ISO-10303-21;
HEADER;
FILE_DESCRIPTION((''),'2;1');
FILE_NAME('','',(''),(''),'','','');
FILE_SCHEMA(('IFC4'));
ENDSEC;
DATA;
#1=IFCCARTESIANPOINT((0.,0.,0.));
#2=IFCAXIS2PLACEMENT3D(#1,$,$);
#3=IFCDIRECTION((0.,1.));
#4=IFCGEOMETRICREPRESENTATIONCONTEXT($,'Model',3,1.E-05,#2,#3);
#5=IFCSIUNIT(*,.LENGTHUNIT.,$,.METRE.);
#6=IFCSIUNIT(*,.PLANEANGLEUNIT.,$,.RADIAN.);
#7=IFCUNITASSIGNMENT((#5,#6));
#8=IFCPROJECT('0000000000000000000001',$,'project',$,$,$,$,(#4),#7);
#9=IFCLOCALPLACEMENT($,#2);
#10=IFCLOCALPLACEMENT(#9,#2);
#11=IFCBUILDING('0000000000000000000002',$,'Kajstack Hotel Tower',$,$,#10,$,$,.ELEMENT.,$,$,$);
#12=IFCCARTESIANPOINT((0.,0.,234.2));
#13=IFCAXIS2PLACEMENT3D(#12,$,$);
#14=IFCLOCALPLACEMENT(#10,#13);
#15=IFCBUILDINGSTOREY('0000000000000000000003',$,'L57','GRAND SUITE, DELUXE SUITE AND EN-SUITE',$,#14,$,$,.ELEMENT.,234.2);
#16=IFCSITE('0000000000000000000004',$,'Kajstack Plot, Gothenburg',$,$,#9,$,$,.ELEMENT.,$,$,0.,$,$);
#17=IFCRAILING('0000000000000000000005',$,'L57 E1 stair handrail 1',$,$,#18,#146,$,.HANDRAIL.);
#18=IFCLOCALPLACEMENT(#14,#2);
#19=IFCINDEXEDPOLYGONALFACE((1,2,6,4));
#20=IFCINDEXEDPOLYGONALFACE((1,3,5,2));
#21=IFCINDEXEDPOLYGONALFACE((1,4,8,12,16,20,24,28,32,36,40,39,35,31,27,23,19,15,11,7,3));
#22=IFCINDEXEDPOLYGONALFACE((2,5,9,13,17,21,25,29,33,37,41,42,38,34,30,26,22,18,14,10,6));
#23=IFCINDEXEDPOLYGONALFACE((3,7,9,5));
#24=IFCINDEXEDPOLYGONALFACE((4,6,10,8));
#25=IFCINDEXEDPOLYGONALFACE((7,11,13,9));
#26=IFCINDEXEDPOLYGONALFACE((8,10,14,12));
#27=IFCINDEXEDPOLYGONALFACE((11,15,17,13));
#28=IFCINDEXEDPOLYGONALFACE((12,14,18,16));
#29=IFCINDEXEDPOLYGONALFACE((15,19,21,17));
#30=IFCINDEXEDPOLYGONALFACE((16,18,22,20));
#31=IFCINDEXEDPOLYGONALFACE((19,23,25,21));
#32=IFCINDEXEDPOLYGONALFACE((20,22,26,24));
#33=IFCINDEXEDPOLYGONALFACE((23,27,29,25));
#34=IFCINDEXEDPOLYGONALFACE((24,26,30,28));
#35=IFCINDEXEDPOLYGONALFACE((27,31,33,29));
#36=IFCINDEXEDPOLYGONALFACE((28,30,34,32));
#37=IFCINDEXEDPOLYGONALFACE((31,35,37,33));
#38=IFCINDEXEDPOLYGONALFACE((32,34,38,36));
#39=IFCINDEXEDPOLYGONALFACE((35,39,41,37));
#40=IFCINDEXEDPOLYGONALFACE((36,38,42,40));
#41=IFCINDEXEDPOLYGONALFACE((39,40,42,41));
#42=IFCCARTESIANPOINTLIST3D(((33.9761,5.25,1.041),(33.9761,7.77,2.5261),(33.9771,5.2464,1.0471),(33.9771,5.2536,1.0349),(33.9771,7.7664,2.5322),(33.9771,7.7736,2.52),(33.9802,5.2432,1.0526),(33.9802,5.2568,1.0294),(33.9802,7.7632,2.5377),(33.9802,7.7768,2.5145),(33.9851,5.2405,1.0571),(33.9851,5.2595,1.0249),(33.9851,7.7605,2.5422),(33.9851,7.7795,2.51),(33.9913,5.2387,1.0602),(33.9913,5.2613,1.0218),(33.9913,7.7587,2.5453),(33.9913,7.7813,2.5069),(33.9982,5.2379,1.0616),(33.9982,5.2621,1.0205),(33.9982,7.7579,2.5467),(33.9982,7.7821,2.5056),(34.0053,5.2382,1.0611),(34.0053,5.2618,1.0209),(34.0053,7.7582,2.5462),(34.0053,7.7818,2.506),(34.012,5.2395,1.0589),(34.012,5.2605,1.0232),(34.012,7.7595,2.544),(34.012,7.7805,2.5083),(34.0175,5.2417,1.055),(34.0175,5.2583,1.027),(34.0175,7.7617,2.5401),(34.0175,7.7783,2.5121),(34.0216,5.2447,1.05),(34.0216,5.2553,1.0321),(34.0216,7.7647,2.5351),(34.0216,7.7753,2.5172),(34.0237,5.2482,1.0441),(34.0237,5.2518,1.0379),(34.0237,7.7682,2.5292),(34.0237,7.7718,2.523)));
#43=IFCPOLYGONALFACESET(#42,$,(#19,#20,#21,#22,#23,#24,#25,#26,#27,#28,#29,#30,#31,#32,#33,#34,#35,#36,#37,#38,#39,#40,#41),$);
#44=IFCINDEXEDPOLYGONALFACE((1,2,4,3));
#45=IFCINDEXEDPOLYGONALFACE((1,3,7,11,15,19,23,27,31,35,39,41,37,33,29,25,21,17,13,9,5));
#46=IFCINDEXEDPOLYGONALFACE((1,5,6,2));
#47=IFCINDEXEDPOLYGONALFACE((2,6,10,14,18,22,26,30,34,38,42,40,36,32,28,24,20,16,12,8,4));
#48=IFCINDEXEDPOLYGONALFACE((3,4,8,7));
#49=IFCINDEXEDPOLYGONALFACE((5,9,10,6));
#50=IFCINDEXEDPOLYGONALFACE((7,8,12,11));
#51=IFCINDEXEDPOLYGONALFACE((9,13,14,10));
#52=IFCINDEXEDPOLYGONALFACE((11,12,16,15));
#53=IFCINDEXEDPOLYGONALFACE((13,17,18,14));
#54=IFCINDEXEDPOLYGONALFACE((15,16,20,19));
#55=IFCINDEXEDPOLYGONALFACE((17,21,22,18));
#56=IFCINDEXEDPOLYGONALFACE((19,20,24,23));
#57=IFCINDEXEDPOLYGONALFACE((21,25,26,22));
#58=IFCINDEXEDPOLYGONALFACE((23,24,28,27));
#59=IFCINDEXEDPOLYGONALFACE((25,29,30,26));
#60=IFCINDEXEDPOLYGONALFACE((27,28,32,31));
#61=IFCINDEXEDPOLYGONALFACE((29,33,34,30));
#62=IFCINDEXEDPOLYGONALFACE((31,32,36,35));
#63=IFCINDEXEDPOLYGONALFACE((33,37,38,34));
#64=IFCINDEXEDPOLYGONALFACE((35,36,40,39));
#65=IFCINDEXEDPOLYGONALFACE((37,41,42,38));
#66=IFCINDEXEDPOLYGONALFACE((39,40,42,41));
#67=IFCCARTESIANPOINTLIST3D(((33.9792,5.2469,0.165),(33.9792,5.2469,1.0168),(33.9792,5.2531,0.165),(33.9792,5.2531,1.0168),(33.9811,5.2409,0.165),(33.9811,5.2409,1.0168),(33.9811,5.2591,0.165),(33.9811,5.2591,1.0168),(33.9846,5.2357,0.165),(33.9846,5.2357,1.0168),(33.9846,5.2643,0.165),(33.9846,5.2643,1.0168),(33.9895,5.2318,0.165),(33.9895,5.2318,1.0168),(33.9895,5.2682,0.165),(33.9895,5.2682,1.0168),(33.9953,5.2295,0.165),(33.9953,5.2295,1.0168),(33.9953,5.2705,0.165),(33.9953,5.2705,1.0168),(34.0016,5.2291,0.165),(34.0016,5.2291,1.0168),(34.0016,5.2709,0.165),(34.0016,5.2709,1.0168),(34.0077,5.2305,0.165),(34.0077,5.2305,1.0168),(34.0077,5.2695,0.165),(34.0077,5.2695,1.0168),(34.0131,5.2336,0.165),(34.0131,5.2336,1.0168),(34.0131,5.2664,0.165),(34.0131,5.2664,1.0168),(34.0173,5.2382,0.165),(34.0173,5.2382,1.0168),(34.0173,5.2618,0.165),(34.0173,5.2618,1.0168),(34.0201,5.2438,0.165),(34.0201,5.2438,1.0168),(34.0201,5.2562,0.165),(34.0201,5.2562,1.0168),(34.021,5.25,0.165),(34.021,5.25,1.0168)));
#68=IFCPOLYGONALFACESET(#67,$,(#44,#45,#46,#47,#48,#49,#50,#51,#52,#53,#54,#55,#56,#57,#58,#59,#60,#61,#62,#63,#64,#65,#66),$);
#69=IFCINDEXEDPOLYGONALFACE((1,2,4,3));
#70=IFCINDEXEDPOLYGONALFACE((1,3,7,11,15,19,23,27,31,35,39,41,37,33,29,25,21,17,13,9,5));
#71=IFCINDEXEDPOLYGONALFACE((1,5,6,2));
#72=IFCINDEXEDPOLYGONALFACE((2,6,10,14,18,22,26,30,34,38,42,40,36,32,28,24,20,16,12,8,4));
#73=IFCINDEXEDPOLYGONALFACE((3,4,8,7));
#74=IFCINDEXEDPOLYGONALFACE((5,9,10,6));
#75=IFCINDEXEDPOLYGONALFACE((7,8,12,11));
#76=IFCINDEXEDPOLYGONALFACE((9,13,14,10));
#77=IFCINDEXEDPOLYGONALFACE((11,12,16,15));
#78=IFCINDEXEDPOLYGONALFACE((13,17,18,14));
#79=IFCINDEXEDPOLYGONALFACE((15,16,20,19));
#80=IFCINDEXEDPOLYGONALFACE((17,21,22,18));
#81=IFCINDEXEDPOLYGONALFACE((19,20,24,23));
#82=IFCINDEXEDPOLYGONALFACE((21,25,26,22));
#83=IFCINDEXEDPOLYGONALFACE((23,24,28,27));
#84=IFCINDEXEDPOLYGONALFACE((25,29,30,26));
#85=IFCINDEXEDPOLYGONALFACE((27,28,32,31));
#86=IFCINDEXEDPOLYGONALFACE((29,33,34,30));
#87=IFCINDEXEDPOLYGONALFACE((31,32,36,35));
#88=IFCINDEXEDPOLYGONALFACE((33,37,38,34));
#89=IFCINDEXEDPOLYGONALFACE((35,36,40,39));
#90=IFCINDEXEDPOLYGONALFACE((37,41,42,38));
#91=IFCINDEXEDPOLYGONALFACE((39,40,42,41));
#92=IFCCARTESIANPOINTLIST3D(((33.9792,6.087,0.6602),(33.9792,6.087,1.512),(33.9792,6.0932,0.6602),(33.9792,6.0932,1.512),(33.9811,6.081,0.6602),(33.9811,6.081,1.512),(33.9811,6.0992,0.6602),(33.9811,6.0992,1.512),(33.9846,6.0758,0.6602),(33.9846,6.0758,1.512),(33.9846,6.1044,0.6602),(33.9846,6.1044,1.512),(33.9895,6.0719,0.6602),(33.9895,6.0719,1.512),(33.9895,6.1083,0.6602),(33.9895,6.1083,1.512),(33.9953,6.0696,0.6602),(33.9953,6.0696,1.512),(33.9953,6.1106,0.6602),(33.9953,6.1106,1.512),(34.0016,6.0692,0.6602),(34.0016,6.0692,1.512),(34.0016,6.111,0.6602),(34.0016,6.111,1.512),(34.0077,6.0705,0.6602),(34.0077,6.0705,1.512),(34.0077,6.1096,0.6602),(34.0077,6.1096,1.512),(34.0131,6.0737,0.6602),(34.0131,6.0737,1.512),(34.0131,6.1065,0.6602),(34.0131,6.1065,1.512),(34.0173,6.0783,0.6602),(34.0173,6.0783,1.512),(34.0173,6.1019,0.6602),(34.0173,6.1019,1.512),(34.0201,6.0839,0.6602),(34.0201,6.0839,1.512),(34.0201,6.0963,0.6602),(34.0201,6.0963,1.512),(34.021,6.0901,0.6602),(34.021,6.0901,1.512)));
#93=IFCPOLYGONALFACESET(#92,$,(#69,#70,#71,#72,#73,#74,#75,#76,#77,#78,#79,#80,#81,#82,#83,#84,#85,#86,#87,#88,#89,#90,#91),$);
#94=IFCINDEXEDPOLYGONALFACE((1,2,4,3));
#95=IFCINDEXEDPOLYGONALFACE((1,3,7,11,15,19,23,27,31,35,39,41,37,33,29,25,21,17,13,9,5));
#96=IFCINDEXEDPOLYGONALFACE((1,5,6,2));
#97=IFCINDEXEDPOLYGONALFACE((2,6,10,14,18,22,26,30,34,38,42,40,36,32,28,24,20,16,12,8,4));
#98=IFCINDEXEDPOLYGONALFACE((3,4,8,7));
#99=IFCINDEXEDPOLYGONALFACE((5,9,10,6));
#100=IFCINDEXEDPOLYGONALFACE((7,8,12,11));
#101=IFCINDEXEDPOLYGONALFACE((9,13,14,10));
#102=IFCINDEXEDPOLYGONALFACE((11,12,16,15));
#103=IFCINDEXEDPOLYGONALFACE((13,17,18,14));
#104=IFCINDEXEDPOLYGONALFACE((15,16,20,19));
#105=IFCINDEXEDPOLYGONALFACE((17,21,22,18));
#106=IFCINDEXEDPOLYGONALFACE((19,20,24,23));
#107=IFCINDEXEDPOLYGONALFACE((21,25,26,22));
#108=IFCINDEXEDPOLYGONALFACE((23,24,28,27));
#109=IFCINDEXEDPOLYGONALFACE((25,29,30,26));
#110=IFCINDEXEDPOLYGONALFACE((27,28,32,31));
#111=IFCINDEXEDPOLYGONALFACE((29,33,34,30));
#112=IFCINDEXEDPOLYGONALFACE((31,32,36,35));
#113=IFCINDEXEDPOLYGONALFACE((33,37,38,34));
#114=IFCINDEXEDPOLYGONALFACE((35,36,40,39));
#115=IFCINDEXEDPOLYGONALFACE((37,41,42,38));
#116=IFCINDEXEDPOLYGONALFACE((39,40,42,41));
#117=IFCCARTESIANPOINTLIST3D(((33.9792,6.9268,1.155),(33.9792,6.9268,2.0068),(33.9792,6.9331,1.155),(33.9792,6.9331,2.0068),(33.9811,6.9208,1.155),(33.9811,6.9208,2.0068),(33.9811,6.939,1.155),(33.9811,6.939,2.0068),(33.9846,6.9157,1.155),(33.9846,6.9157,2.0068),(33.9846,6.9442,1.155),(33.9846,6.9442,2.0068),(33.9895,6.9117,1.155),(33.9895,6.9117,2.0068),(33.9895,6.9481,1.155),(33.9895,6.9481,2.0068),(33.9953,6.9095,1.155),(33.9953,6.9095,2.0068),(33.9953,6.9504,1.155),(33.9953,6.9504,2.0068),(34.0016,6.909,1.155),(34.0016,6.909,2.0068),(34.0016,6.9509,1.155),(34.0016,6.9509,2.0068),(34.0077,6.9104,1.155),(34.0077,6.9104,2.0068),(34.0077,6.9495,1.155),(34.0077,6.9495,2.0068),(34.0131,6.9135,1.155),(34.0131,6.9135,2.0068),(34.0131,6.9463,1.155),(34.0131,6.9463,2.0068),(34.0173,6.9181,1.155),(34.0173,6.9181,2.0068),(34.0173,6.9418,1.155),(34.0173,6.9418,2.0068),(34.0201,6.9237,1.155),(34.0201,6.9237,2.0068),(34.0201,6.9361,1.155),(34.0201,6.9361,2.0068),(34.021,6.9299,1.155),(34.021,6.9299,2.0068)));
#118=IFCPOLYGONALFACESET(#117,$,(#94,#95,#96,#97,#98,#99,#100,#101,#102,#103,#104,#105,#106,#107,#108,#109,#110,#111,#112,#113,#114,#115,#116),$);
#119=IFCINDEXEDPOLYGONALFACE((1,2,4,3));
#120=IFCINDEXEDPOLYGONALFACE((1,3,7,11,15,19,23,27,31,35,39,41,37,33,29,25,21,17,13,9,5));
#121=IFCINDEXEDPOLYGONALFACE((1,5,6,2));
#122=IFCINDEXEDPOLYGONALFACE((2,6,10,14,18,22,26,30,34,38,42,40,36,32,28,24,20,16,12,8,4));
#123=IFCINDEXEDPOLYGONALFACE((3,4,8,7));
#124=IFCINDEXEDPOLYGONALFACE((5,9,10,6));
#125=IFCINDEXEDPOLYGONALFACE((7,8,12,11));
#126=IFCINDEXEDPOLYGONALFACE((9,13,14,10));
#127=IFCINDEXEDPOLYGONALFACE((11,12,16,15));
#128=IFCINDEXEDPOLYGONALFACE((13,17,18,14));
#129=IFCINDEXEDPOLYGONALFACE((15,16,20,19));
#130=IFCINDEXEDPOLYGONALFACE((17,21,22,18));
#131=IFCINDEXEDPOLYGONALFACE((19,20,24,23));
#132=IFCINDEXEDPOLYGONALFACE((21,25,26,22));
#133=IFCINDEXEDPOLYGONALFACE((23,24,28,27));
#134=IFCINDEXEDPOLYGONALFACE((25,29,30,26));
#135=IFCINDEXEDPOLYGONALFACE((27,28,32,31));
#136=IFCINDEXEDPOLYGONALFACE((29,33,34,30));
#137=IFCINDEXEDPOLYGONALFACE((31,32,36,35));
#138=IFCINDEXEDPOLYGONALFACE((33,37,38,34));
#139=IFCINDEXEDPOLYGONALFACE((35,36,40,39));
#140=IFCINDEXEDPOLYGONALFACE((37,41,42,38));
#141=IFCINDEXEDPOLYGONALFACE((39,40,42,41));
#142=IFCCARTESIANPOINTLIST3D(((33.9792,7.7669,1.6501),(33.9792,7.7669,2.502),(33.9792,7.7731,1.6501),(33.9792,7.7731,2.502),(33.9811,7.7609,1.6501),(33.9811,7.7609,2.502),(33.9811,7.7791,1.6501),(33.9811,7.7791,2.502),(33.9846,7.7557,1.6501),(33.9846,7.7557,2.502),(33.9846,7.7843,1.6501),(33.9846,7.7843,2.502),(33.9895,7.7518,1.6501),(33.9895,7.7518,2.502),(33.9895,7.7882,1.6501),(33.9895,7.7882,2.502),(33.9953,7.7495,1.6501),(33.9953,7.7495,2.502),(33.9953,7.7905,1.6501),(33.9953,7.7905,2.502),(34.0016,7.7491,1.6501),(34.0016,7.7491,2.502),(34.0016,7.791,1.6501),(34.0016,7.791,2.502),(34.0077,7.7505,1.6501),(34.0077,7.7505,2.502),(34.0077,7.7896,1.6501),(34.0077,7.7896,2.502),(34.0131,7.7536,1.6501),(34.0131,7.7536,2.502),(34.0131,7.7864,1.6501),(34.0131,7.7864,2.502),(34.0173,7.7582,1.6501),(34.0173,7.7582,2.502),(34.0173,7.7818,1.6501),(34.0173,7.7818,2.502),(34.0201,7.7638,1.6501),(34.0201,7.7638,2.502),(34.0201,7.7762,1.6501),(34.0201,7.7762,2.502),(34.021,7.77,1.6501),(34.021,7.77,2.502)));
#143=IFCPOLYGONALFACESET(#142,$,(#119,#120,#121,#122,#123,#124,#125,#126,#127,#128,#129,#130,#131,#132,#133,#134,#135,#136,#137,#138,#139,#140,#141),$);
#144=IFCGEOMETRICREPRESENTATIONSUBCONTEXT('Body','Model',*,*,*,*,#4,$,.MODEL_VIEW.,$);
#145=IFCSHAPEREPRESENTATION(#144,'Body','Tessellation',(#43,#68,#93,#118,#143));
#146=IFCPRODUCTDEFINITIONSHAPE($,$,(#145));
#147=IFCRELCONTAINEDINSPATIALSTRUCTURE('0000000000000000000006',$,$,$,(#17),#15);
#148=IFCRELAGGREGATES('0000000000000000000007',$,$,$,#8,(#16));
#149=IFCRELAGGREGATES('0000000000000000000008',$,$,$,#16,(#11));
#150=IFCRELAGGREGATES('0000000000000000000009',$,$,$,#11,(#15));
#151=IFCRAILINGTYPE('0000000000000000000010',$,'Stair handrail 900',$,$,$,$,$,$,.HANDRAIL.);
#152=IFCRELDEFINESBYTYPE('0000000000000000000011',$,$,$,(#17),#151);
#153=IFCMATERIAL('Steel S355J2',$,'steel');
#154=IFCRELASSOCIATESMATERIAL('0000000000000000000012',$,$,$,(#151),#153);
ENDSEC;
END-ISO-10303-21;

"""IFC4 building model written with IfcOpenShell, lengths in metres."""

from ifc_helpers import new_model, si_unit, direction, frame, origin, origin_2d, place, context, subcontext, project, spatial, circle, extrude, material, type_object, element, save


model = new_model("IFC4")

# Units and contexts
model_context = context("Model", 3, precision=1e-05, world=origin(), true_north=direction((0.0, 1.0)))
body_context = subcontext(model_context, "Body", "Model", "MODEL_VIEW")
ifc_project = project(units=[si_unit("LENGTHUNIT", "METRE"), si_unit("PLANEANGLEUNIT", "RADIAN")], contexts=[model_context])

# Site, building, storey
site_placement = place(None, origin())
site = spatial("IfcSite", under=ifc_project, at=site_placement, Name="Kajstack Plot, Gothenburg", CompositionType="ELEMENT", RefElevation=0.0)
building_placement = place(site_placement, origin())
building = spatial("IfcBuilding", under=site, at=building_placement, Name="Kajstack Hotel Tower", CompositionType="ELEMENT")
storey_placement = place(building_placement, frame((0.0, 0.0, 234.2)))
storey = spatial("IfcBuildingStorey", under=building, at=storey_placement, Name="L57", Description="GRAND SUITE, DELUXE SUITE AND EN-SUITE", CompositionType="ELEMENT", Elevation=234.2)

# Railing
ifc_material_1 = material(Name="Steel S355J2", Category="steel")
railing_type_1 = type_object("IfcRailingType", Name="Stair handrail 900", PredefinedType="HANDRAIL", material=ifc_material_1)
railing_1_placement = place(storey_placement, frame((34.0, 5.25, 0.165)))
element("IfcRailing", 1, at=railing_1_placement, inside=storey, type_object=railing_type_1, Name="L57 E1 stair handrail 1", PredefinedType="HANDRAIL", context=body_context, shape_type="SweptSolid", body=[
    extrude(circle(Radius=0.0239, at=origin_2d()), frame((0.0, 0.0, 0.876), z_axis=(0.0, 0.861524, 0.507717), x_axis=(-1.0, 0.0, 0.0)), (0.0, 0.0, 1.0), 2.925),
    extrude(circle(Radius=0.021, at=origin_2d()), origin(), (0.0, 0.0, 1.0), 0.8518),
    extrude(circle(Radius=0.021, at=origin_2d()), frame((0.0, 0.8401, 0.4951)), (0.0, 0.0, 1.0), 0.8518),
    extrude(circle(Radius=0.021, at=origin_2d()), frame((0.0, 1.6799, 0.99)), (0.0, 0.0, 1.0), 0.8518),
    extrude(circle(Radius=0.021, at=origin_2d()), frame((0.0, 2.52, 1.4851)), (0.0, 0.0, 1.0), 0.8518),
])

save(model, "model.ifc")
